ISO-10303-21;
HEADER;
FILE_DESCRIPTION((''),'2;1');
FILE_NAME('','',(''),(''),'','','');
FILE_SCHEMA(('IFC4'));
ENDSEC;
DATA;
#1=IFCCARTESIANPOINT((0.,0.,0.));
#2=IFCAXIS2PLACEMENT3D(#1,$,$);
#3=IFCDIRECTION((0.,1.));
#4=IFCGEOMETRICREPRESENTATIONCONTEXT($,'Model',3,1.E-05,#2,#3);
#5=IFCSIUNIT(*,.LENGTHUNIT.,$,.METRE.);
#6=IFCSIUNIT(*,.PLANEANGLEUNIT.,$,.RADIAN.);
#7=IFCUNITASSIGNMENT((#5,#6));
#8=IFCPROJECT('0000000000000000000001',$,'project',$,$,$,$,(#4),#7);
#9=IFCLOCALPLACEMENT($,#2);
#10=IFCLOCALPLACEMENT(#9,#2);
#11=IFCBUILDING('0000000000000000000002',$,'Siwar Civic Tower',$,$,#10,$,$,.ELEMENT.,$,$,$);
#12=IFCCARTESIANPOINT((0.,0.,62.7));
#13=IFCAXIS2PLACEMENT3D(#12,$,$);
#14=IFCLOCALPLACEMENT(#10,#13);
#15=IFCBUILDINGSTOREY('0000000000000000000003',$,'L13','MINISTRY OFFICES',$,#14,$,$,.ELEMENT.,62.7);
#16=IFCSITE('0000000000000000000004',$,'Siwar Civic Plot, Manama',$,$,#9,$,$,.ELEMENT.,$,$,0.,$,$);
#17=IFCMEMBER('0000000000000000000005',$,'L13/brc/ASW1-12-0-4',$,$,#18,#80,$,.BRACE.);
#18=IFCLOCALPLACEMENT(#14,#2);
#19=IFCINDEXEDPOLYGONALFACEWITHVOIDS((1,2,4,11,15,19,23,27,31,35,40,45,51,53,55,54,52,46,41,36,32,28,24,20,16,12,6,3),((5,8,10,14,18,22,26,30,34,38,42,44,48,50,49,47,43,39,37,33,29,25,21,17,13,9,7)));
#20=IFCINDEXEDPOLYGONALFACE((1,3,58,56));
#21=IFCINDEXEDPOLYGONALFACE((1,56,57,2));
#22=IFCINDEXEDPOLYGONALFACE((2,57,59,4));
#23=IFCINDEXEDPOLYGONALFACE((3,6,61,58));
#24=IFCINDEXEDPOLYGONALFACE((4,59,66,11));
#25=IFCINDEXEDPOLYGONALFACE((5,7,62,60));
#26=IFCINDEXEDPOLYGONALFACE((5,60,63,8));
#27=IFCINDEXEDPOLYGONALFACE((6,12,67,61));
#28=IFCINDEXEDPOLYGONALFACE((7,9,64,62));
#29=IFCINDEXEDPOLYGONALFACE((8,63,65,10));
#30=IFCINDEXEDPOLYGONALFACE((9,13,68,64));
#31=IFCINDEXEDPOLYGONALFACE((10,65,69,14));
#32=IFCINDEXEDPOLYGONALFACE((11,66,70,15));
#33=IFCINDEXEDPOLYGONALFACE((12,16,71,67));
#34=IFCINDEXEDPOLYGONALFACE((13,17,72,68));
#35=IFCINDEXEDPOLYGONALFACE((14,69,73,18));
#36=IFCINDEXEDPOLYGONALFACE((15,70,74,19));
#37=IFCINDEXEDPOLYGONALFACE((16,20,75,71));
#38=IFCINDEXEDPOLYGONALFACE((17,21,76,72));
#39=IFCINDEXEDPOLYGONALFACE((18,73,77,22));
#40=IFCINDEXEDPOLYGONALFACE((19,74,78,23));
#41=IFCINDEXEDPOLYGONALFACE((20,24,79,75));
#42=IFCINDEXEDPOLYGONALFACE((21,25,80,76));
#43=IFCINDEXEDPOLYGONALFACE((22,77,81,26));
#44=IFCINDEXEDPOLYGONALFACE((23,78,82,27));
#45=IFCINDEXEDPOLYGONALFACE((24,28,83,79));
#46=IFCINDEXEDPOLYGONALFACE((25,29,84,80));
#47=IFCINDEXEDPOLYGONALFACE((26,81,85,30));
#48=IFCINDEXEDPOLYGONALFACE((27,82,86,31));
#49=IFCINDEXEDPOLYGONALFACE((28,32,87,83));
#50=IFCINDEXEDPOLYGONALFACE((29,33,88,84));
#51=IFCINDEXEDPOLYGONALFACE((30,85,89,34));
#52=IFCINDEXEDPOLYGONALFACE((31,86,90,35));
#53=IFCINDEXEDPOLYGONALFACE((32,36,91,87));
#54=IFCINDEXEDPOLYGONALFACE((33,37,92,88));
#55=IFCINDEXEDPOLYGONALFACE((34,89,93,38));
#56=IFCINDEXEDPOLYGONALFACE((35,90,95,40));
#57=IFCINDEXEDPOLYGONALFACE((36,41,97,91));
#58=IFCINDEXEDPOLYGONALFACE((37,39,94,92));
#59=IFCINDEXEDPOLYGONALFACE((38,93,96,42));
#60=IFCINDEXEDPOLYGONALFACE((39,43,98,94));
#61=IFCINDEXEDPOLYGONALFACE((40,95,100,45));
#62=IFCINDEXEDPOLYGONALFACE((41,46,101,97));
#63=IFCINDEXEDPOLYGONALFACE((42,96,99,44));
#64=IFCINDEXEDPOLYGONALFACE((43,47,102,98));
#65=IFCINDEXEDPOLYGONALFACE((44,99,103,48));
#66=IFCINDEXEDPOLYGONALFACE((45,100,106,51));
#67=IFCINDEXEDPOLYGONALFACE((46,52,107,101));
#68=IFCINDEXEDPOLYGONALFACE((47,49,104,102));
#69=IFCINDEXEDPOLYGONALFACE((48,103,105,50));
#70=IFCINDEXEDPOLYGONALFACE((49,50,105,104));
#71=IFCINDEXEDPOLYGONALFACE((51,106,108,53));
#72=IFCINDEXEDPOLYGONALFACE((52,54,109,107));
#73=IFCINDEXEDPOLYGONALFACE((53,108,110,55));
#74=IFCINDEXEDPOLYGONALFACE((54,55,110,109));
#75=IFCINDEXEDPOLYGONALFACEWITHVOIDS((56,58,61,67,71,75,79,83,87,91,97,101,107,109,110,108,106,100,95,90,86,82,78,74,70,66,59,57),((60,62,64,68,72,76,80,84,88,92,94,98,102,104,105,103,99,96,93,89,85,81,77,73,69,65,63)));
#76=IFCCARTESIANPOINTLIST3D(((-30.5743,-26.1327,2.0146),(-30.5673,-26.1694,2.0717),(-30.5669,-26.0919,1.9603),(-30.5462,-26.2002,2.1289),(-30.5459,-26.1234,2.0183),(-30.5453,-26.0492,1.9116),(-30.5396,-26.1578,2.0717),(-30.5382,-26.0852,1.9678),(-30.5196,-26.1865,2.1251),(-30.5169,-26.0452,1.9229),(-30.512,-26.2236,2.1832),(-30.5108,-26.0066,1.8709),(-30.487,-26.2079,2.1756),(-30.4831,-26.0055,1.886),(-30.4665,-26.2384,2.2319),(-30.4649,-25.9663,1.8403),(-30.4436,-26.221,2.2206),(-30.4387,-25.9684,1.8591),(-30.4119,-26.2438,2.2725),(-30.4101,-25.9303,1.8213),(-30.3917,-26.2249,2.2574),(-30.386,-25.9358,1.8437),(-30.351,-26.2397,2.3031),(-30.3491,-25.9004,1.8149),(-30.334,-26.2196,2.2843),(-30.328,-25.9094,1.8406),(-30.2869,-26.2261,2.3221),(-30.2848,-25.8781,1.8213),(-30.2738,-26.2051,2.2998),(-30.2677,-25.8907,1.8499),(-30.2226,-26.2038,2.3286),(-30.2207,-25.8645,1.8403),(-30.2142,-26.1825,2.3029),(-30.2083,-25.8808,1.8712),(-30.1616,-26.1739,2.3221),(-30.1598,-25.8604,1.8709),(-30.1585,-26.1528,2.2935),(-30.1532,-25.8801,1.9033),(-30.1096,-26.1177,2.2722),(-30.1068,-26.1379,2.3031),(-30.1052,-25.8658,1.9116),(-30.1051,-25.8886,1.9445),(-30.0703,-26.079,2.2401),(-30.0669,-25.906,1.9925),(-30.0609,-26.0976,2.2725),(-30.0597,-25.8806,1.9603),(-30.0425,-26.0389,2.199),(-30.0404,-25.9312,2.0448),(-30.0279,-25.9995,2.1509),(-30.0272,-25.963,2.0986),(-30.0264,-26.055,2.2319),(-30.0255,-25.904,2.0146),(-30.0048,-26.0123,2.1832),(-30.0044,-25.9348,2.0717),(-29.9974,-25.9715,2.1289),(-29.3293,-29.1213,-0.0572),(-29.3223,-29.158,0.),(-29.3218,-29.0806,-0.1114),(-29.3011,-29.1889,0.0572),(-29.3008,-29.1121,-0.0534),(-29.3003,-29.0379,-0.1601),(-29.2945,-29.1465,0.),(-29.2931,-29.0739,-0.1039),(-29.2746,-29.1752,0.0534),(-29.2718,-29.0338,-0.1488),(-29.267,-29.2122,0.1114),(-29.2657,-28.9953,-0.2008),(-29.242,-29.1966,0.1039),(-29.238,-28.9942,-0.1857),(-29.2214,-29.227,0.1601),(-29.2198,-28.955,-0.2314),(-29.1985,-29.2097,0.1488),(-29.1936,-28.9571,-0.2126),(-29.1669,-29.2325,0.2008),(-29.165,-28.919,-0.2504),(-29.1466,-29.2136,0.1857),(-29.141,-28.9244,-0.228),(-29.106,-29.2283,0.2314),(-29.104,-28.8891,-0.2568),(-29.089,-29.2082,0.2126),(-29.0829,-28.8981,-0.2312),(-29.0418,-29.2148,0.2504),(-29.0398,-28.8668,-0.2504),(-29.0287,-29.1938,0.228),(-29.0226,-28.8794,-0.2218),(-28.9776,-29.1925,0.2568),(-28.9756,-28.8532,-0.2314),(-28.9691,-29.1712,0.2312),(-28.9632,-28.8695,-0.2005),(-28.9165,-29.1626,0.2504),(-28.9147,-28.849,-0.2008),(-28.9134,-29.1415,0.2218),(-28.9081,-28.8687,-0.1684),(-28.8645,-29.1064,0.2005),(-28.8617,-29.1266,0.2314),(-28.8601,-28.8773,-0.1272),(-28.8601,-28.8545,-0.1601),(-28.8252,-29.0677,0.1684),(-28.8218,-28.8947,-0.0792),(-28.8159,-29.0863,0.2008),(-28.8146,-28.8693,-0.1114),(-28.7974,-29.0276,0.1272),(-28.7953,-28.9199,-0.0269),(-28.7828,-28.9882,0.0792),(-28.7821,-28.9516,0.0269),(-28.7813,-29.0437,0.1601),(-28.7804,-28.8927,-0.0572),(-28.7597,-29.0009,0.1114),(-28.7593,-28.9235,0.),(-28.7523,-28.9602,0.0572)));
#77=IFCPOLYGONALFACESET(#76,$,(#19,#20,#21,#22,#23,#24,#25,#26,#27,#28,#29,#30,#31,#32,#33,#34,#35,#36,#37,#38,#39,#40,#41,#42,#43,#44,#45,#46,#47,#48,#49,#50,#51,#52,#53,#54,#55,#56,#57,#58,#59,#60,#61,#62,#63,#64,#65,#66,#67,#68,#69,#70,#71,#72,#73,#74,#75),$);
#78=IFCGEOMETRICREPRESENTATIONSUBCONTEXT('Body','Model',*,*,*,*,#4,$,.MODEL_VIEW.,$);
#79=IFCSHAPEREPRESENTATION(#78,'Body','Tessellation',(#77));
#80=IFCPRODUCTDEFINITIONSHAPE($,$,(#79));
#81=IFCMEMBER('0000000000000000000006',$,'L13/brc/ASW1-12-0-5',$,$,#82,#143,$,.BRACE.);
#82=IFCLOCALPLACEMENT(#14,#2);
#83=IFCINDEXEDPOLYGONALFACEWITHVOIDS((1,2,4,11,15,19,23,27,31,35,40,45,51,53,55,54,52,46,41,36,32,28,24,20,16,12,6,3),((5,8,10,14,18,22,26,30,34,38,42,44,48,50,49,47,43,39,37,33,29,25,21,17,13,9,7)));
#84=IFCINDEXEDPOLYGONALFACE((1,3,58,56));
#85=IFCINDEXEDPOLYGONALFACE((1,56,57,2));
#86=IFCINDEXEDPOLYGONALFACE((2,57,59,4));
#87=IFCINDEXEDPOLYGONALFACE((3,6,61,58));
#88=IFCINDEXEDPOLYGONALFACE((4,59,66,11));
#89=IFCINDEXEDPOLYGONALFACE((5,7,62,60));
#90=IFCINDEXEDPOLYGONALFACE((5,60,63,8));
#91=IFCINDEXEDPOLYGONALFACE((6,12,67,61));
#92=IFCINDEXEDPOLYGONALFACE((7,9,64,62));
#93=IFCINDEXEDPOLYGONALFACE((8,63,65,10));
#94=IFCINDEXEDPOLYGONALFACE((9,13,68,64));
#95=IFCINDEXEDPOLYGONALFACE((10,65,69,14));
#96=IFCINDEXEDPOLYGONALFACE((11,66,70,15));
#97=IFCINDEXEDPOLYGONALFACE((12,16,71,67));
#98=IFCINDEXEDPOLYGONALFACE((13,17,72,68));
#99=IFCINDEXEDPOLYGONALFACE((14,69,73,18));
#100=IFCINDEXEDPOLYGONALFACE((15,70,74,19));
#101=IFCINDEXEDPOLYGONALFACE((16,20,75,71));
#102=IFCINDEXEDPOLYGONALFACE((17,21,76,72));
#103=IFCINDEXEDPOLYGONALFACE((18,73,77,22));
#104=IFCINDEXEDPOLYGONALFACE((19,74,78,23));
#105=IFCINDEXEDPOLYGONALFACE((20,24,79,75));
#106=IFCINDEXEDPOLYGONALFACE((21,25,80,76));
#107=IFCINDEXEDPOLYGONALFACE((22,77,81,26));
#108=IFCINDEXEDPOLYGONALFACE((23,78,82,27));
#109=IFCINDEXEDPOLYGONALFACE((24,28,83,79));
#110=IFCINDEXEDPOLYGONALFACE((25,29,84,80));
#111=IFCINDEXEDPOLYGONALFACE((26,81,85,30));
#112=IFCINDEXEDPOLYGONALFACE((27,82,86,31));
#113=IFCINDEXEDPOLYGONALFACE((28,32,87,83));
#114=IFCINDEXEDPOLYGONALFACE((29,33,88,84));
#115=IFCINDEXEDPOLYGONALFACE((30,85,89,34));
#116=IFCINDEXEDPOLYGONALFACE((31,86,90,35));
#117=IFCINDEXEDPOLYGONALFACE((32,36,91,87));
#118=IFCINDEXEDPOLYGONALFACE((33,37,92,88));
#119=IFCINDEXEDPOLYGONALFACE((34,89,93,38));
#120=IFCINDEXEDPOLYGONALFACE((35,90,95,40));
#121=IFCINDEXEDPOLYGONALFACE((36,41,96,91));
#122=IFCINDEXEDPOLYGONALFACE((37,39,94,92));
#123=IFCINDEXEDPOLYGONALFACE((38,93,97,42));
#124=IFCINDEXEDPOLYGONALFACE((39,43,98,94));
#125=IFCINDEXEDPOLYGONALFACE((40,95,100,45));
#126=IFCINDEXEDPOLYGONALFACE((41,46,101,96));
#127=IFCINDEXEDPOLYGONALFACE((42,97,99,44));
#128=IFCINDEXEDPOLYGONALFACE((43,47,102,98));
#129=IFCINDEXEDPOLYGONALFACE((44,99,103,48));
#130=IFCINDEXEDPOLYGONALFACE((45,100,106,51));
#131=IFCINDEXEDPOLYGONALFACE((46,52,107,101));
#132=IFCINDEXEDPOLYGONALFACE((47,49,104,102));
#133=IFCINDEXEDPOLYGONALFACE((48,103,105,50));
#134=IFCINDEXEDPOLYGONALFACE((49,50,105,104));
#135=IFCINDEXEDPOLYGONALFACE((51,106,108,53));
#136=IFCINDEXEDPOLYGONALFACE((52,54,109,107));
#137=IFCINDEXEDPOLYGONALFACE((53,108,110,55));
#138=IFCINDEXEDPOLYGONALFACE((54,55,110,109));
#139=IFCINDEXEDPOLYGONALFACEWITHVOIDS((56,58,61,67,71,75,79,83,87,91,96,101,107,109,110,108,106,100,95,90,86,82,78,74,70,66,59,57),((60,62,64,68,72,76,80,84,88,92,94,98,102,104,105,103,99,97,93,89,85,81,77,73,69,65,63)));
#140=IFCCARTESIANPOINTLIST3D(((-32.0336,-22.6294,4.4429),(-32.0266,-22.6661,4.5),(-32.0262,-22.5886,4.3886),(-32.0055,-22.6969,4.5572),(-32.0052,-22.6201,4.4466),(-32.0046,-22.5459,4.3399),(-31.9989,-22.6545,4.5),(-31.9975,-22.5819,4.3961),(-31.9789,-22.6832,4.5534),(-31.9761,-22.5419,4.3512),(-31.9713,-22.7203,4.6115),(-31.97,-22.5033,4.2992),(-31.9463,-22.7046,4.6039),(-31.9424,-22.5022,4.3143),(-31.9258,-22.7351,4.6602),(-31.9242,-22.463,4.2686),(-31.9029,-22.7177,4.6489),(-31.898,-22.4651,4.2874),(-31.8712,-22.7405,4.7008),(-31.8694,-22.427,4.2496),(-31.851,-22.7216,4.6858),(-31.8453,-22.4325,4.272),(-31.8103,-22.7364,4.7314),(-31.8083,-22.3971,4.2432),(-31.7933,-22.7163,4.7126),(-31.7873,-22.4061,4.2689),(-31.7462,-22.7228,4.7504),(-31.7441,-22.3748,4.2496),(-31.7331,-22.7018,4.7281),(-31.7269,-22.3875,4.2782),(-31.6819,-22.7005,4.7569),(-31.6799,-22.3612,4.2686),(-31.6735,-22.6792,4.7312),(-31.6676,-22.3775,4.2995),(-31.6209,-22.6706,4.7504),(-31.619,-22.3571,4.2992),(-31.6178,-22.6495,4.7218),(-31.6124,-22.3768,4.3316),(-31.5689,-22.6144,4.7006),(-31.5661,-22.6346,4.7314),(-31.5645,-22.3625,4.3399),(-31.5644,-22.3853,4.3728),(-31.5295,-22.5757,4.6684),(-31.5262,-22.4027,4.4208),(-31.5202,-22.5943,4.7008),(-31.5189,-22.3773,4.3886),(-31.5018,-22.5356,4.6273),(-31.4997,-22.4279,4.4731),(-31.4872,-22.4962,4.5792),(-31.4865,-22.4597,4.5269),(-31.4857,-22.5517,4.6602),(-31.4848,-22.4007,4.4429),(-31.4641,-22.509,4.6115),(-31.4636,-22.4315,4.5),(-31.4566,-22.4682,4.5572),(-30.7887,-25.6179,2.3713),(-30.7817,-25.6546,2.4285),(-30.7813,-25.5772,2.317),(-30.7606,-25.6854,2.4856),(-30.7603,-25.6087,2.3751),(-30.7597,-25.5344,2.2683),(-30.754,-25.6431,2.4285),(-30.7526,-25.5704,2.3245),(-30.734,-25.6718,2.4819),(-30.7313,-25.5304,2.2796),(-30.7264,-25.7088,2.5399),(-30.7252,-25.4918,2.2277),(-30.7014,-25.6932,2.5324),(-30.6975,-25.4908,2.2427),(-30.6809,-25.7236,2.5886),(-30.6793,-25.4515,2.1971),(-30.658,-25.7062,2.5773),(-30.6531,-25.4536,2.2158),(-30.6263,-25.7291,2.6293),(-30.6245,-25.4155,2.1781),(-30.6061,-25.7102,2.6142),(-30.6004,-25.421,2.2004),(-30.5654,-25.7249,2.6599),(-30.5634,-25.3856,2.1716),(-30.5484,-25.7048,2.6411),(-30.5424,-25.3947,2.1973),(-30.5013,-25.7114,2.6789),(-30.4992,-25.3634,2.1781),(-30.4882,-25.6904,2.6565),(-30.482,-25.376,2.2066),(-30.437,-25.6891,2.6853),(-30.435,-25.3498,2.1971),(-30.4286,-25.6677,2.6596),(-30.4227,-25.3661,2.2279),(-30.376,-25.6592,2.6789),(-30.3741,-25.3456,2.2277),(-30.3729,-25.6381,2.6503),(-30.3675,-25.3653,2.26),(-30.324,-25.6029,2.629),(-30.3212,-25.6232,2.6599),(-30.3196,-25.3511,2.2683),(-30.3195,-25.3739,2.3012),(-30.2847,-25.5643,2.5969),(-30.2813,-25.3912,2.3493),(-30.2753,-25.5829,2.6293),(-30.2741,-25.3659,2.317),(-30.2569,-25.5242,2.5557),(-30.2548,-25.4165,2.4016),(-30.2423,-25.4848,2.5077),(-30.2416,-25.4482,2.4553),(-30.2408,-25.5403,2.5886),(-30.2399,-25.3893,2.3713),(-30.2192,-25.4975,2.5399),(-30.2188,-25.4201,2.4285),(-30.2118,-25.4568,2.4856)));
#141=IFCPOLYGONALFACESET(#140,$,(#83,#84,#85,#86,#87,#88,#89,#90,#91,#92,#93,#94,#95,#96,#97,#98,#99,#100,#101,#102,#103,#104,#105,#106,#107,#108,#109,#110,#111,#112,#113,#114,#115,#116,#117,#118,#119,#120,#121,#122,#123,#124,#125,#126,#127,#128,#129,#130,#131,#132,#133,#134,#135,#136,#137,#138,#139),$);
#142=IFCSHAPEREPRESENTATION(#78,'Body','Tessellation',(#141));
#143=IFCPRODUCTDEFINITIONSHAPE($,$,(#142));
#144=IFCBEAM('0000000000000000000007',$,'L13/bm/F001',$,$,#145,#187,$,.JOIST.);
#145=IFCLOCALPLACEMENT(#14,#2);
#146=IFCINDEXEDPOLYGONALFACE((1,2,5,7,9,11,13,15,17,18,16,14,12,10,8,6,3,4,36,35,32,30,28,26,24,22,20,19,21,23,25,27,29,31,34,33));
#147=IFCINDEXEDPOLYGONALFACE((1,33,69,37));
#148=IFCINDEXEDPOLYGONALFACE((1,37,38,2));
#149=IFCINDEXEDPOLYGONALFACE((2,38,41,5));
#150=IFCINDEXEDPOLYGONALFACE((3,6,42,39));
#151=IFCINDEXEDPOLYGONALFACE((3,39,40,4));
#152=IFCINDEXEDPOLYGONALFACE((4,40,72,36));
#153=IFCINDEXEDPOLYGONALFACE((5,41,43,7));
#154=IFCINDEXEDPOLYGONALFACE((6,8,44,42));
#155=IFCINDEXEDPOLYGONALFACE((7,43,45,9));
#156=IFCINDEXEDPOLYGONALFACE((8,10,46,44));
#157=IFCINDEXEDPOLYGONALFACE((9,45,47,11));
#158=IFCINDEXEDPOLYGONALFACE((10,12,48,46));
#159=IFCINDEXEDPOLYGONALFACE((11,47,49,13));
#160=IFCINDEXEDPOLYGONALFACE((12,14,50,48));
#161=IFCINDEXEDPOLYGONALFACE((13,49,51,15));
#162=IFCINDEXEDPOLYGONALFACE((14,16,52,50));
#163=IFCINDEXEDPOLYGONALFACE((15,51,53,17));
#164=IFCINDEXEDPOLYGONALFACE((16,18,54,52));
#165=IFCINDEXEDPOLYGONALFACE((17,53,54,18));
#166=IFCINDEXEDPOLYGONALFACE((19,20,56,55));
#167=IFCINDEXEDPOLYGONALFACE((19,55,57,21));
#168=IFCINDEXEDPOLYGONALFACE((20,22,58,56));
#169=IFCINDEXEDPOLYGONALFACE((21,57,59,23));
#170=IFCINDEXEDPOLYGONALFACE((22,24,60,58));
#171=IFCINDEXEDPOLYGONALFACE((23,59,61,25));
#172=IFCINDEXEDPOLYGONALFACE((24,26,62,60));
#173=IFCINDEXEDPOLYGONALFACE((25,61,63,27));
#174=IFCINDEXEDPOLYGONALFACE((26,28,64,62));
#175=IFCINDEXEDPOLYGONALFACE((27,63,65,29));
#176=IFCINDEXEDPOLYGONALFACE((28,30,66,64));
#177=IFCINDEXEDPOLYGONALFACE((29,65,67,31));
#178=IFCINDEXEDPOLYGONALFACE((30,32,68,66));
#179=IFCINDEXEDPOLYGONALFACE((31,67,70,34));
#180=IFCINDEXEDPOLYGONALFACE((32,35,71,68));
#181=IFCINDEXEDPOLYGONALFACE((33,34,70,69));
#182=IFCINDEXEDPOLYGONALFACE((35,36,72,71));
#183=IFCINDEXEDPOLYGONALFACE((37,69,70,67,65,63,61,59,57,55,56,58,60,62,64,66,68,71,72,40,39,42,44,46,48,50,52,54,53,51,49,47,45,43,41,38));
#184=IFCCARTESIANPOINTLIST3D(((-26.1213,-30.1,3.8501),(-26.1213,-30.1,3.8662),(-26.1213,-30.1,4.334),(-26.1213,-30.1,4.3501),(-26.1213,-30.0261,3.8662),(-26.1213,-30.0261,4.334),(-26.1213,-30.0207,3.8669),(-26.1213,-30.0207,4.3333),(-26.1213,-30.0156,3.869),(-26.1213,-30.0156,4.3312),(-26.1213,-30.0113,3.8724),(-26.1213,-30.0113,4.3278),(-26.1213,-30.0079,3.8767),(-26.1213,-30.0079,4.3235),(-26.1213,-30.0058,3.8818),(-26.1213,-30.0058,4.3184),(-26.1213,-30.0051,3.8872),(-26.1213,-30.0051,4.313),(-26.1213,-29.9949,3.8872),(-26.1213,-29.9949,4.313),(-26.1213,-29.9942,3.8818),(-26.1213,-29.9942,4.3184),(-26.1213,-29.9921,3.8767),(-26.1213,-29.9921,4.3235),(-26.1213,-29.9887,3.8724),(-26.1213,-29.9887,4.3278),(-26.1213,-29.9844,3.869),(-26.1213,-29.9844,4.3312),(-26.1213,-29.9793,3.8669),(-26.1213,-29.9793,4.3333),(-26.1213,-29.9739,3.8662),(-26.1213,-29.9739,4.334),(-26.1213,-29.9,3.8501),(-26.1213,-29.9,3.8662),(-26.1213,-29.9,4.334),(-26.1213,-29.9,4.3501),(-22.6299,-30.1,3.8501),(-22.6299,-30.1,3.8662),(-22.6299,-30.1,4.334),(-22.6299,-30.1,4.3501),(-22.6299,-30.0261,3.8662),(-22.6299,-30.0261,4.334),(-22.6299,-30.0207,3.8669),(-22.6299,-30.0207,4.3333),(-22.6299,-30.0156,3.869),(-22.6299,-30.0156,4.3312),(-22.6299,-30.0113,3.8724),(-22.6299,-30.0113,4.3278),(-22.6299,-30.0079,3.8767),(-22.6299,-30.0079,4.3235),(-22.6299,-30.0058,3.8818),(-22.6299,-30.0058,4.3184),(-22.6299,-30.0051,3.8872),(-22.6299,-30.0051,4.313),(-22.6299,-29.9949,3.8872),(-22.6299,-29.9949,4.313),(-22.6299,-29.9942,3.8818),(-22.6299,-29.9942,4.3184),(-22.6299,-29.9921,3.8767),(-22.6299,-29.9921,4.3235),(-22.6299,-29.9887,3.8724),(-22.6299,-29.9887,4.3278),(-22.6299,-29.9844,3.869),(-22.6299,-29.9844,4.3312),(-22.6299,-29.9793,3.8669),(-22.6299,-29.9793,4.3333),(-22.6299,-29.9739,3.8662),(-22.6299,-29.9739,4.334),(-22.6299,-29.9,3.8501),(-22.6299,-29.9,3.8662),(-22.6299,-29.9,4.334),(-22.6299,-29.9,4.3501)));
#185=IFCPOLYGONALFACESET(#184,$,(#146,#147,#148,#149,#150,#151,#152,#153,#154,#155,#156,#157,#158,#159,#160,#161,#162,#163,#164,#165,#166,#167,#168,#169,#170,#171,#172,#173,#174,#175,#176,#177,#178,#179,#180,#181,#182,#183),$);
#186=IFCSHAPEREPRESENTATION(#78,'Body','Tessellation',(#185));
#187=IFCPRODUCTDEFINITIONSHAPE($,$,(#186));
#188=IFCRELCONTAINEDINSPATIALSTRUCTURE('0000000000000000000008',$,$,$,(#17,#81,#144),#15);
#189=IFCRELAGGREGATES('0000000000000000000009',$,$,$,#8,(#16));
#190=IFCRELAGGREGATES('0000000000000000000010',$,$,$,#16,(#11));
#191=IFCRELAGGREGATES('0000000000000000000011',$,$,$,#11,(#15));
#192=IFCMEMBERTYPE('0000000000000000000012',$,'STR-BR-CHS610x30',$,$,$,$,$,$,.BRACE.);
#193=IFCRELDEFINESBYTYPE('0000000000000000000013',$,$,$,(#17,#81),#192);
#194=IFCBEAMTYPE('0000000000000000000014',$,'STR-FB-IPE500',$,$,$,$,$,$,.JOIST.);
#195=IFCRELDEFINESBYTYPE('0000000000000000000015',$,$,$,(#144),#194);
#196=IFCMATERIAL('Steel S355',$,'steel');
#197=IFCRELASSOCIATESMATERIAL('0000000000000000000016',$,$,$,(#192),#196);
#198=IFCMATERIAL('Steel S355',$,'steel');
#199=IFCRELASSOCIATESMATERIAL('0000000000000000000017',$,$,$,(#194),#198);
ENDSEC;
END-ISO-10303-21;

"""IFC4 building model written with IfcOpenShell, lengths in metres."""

from ifc_helpers import new_model, si_unit, direction, frame, origin, origin_2d, place, context, subcontext, project, spatial, hollow_circle, i_section, extrude, material, material_profile, profile_set, type_object, element, save


model = new_model("IFC4")

# Units and contexts
model_context = context("Model", 3, precision=1e-05, world=origin(), true_north=direction((0.0, 1.0)))
body_context = subcontext(model_context, "Body", "Model", "MODEL_VIEW")
ifc_project = project(units=[si_unit("LENGTHUNIT", "METRE"), si_unit("PLANEANGLEUNIT", "RADIAN")], contexts=[model_context])

# Site, building, storey
site_placement = place(None, origin())
site = spatial("IfcSite", under=ifc_project, at=site_placement, Name="Siwar Civic Plot, Manama", CompositionType="ELEMENT", RefElevation=0.0)
building_placement = place(site_placement, origin())
building = spatial("IfcBuilding", under=site, at=building_placement, Name="Siwar Civic Tower", CompositionType="ELEMENT")
storey_placement = place(building_placement, frame((0.0, 0.0, 62.7)))
storey = spatial("IfcBuildingStorey", under=building, at=storey_placement, Name="L13", Description="MINISTRY OFFICES", CompositionType="ELEMENT", Elevation=62.7)

# Members
ifc_material_1 = material(Name="Steel S355", Category="steel")
ifc_material_profile_1 = material_profile(ifc_material_1, hollow_circle(Radius=0.3049, WallThickness=0.03, at=origin_2d()), Name="CHS610x30")
ifc_profile_set_1 = profile_set([ifc_material_profile_1], Name="Steel S355")
member_type_1 = type_object("IfcMemberType", Name="STR-BR-CHS610x30", PredefinedType="BRACE", material=ifc_profile_set_1)
member_1_placement = place(storey_placement, frame((-29.0408, -29.0408, 0.0), z_axis=(-0.323923, 0.777542, 0.538982), x_axis=(-0.923099, -0.384562, 0.0)))
element("IfcMember", 1, at=member_1_placement, inside=storey, type_object=member_type_1, Name="L13/brc/ASW1-12-0-4", PredefinedType="BRACE", context=body_context, shape_type="SweptSolid", body=[
    extrude(hollow_circle(Radius=0.3049, WallThickness=0.03, at=origin_2d()), origin(), (0.0, 0.0, 1.0), 3.8438),
])
member_2_placement = place(storey_placement, frame((-30.5002, -25.5374, 2.4285), z_axis=(-0.323893, 0.77756, 0.538975), x_axis=(-0.923115, -0.384524, 0.0)))
element("IfcMember", 2, at=member_2_placement, inside=storey, type_object=member_type_1, Name="L13/brc/ASW1-12-0-5", PredefinedType="BRACE", context=body_context, shape_type="SweptSolid", body=[
    extrude(hollow_circle(Radius=0.3049, WallThickness=0.03, at=origin_2d()), origin(), (0.0, 0.0, 1.0), 3.8435),
])

# Beam
ifc_material_2 = material(Name="Steel S355", Category="steel")
ifc_material_profile_2 = material_profile(ifc_material_2, i_section(OverallWidth=0.2, OverallDepth=0.5, WebThickness=0.0103, FlangeThickness=0.0161, FilletRadius=0.021, at=origin_2d()), Name="IPE500")
ifc_profile_set_2 = profile_set([ifc_material_profile_2], Name="Steel S355")
beam_type_1 = type_object("IfcBeamType", Name="STR-FB-IPE500", PredefinedType="JOIST", material=ifc_profile_set_2)
beam_1_placement = place(storey_placement, frame((-26.1213, -30.0, 4.1001), z_axis=(1.0, 0.0, 0.0), x_axis=(0.0, 1.0, 0.0)))
element("IfcBeam", 3, at=beam_1_placement, inside=storey, type_object=beam_type_1, Name="L13/bm/F001", PredefinedType="JOIST", context=body_context, shape_type="SweptSolid", body=[
    extrude(i_section(OverallWidth=0.2, OverallDepth=0.5, WebThickness=0.0103, FlangeThickness=0.0161, FilletRadius=0.021, at=origin_2d()), origin(), (0.0, 0.0, 1.0), 3.4915),
])

save(model, "model.ifc")
